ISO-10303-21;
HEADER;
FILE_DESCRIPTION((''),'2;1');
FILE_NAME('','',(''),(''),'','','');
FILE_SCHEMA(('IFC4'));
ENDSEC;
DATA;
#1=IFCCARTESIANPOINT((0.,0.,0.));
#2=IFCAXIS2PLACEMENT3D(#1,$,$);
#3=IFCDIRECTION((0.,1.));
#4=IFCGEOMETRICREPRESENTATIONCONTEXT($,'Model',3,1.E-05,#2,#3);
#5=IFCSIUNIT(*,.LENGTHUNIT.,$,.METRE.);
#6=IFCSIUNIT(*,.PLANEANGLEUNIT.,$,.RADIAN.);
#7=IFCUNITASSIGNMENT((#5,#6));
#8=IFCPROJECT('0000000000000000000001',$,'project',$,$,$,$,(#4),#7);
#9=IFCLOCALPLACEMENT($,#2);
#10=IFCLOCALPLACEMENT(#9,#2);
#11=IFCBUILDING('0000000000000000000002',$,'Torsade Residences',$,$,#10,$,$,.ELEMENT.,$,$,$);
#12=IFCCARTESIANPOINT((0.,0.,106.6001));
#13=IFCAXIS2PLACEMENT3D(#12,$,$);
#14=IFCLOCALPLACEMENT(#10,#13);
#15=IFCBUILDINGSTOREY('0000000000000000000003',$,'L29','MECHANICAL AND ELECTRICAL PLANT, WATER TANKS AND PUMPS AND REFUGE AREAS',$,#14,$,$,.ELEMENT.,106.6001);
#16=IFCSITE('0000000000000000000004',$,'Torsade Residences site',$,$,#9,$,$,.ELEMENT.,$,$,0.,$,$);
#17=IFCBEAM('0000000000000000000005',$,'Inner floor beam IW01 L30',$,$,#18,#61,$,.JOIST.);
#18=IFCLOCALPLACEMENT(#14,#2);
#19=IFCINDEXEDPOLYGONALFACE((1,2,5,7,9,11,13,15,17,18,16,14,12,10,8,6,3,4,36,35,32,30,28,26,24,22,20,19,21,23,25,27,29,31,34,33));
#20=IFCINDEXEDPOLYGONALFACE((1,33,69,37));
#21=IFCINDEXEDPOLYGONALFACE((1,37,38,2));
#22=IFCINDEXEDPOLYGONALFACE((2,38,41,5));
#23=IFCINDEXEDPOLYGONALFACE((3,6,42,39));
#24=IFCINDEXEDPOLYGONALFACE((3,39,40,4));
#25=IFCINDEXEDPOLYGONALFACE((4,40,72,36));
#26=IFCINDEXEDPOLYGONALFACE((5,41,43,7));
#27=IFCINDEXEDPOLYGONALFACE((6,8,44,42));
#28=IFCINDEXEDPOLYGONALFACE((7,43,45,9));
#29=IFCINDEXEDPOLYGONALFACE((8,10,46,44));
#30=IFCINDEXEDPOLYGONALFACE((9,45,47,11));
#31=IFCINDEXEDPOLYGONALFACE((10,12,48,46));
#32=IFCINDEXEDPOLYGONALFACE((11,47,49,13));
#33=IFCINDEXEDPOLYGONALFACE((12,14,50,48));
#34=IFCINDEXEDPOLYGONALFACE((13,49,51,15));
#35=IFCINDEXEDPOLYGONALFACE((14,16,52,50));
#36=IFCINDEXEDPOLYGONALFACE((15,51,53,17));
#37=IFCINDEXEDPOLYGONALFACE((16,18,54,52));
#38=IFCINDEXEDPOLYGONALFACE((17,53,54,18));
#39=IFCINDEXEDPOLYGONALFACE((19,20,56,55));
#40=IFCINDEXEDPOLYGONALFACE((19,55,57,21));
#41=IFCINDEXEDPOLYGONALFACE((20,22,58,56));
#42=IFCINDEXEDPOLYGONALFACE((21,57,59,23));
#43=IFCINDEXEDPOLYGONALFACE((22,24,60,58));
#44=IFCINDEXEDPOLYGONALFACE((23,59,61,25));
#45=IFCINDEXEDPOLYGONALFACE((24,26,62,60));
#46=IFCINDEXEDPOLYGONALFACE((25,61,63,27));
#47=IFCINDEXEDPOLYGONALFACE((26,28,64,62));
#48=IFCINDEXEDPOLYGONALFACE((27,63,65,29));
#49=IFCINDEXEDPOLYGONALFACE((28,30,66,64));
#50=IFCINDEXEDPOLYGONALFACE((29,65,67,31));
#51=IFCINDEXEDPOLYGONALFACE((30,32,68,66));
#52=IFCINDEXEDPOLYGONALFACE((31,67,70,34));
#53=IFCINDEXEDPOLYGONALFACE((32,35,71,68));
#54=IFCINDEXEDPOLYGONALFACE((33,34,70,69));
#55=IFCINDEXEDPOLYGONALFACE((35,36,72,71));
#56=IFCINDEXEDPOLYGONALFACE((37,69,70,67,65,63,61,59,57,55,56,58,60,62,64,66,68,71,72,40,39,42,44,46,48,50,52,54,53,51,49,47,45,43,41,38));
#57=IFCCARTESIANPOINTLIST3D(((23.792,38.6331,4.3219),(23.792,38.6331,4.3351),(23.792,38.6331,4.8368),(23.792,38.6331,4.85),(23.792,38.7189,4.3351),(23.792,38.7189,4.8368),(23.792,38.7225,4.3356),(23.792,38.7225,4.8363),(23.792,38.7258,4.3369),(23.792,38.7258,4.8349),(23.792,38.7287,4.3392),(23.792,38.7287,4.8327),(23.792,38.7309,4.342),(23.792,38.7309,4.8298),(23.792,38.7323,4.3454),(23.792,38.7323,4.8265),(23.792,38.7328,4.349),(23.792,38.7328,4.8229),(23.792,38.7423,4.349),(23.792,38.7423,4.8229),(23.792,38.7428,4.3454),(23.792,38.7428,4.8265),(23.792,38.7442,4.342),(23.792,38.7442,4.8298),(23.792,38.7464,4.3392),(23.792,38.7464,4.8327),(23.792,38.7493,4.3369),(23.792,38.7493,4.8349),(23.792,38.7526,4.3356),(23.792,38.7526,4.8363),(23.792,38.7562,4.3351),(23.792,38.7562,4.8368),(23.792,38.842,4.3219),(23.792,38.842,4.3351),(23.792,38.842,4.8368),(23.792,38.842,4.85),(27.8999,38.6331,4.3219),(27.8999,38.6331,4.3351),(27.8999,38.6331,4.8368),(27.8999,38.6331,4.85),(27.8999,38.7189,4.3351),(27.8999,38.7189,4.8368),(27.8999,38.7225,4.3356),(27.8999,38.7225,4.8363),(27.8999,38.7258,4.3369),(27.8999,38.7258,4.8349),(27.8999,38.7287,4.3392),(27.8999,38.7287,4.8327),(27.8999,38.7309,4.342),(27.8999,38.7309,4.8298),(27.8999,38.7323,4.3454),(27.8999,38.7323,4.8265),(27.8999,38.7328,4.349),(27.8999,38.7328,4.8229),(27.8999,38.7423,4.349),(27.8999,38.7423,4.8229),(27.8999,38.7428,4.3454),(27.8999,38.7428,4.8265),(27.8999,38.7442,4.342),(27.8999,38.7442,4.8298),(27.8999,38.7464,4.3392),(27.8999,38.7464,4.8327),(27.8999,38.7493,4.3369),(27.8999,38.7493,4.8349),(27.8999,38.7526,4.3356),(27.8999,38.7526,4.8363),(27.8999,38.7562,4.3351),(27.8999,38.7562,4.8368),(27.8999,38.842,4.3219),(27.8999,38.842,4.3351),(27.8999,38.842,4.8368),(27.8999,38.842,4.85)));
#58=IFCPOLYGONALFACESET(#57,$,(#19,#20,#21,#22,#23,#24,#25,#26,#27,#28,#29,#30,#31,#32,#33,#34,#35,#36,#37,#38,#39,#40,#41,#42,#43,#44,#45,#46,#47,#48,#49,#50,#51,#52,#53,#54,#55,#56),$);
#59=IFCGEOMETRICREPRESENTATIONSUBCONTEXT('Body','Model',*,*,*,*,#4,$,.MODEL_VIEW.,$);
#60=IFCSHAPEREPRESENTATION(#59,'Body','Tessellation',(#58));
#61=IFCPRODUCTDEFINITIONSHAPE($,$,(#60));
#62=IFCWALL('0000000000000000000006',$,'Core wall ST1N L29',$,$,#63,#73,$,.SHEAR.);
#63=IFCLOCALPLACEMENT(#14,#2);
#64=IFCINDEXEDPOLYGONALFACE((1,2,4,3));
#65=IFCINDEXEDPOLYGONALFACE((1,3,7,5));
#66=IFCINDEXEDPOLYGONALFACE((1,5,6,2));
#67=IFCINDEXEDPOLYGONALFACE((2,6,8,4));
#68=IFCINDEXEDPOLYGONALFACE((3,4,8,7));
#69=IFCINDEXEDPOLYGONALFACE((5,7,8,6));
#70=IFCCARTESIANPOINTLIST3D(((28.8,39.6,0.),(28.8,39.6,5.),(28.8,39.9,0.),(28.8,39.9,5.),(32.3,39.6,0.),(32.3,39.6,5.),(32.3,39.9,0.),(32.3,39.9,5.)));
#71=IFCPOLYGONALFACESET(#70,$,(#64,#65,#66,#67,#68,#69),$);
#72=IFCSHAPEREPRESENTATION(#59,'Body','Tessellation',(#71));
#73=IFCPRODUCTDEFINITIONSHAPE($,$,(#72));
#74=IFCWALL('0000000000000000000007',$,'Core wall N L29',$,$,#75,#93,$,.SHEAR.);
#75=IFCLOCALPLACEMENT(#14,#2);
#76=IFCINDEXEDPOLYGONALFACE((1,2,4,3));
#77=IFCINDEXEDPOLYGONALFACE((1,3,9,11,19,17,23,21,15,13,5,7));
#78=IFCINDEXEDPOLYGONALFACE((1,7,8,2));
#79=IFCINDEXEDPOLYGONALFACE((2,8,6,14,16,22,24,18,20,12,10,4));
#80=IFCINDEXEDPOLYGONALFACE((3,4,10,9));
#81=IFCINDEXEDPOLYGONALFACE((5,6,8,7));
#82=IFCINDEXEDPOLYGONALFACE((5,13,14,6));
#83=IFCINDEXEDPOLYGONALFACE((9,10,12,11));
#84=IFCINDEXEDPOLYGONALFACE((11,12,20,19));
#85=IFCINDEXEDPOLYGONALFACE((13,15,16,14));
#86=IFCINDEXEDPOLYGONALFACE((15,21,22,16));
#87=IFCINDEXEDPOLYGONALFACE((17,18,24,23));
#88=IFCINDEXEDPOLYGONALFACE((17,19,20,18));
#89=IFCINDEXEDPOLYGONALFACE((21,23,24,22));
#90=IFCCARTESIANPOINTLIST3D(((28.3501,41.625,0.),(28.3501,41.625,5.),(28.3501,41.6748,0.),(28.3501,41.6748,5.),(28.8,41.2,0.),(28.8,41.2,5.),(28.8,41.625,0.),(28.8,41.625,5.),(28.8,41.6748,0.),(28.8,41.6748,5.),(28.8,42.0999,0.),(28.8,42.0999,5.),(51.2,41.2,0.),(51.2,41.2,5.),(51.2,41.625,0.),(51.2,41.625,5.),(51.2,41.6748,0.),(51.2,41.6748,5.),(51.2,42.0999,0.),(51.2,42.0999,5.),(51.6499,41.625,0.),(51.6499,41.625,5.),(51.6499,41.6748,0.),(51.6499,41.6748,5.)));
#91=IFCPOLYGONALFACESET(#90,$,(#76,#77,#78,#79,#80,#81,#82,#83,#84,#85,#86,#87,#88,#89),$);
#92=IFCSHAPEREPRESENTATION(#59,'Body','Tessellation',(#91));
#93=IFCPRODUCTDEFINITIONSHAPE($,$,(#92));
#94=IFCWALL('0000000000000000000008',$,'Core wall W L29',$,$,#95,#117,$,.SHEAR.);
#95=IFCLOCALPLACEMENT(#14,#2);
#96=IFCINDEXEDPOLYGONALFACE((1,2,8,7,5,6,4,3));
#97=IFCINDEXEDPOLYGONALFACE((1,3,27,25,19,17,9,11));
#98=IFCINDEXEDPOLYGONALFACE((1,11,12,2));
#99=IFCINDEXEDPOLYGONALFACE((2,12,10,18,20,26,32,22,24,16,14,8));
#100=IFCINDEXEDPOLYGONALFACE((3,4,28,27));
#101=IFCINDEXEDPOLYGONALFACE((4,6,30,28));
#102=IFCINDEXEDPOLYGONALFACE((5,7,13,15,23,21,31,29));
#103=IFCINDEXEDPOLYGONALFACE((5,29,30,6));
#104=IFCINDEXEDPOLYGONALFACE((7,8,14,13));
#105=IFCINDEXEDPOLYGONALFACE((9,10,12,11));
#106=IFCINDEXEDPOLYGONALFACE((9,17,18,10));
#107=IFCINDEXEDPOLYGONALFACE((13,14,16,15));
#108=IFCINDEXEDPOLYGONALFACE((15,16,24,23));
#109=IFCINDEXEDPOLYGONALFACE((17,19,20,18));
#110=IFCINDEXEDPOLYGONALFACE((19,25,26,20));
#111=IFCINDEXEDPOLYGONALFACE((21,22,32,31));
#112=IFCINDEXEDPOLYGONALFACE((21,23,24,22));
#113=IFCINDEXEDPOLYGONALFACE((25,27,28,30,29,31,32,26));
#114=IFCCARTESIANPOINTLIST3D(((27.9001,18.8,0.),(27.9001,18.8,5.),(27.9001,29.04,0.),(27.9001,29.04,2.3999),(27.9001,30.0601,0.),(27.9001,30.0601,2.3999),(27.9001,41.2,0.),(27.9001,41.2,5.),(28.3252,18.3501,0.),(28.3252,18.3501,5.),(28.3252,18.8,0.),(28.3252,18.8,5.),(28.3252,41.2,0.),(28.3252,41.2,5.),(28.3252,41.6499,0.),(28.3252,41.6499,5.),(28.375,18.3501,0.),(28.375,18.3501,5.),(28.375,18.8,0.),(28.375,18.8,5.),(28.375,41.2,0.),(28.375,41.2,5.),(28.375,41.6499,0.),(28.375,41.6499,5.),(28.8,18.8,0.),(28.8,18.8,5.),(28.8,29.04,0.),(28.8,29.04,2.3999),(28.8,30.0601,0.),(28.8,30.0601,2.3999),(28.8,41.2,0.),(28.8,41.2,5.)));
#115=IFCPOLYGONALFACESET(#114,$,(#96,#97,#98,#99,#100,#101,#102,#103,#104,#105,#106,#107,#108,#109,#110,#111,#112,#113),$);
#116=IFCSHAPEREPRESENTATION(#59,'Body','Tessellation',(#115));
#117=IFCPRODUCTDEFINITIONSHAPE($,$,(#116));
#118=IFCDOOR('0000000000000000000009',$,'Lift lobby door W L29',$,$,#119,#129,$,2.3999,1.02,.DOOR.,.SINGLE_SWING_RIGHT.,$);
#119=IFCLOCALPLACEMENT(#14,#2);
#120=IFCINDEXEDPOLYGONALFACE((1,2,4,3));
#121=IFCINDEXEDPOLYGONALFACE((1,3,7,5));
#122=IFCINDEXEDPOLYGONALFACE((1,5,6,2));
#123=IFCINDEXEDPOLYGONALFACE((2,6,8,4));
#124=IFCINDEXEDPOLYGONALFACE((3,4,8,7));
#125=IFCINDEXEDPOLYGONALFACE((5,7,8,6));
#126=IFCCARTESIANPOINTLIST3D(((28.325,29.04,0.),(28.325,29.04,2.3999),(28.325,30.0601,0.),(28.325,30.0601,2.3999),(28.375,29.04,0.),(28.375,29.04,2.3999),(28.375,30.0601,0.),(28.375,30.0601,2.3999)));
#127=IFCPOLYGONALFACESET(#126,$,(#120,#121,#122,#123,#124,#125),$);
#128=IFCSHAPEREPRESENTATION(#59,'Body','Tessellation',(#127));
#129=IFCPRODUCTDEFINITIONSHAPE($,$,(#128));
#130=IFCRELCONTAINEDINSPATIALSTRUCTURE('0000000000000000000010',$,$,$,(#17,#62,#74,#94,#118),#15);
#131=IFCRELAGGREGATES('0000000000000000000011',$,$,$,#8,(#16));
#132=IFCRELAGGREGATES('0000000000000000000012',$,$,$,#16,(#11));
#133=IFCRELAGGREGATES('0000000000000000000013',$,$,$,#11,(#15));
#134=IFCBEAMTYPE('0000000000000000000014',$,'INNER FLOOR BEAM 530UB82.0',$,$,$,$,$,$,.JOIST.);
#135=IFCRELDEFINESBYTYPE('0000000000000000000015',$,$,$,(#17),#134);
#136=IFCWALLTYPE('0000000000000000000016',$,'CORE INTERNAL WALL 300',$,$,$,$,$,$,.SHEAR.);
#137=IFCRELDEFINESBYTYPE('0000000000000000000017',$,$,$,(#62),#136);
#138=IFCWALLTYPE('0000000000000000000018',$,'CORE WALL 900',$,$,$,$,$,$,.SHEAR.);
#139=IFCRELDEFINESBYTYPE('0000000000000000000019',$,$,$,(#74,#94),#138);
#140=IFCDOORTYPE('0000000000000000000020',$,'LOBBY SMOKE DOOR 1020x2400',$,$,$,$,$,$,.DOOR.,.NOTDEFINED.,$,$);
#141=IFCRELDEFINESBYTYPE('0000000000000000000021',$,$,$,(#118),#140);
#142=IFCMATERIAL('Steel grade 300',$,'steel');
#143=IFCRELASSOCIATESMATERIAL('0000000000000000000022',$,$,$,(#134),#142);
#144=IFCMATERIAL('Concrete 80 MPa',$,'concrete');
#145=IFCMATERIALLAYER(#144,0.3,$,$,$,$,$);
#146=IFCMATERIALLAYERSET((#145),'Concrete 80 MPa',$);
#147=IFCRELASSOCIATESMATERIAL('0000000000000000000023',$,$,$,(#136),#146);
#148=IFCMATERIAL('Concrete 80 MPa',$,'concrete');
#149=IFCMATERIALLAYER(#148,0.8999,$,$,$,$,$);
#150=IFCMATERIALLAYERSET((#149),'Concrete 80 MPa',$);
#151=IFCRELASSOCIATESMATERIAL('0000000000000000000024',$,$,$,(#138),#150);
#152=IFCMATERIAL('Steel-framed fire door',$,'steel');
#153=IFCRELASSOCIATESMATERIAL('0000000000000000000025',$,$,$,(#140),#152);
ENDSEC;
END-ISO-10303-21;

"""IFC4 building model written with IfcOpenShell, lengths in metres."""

from ifc_helpers import new_model, si_unit, direction, frame, frame_2d, origin, origin_2d, place, context, subcontext, project, spatial, polyline, rectangle, i_section, outline, extrude, material, layer, layer_set, material_profile, profile_set, type_object, element, fill, save


model = new_model("IFC4")

# Units and contexts
model_context = context("Model", 3, precision=1e-05, world=origin(), true_north=direction((0.0, 1.0)))
body_context = subcontext(model_context, "Body", "Model", "MODEL_VIEW")
ifc_project = project(units=[si_unit("LENGTHUNIT", "METRE"), si_unit("PLANEANGLEUNIT", "RADIAN")], contexts=[model_context])

# Site, building, storey
site_placement = place(None, origin())
site = spatial("IfcSite", under=ifc_project, at=site_placement, Name="Torsade Residences site", CompositionType="ELEMENT", RefElevation=0.0)
building_placement = place(site_placement, origin())
building = spatial("IfcBuilding", under=site, at=building_placement, Name="Torsade Residences", CompositionType="ELEMENT")
storey_placement = place(building_placement, frame((0.0, 0.0, 106.6001)))
storey = spatial("IfcBuildingStorey", under=building, at=storey_placement, Name="L29", Description="MECHANICAL AND ELECTRICAL PLANT, WATER TANKS AND PUMPS AND REFUGE AREAS", CompositionType="ELEMENT", Elevation=106.6001)

# Beam
ifc_material_1 = material(Name="Steel grade 300", Category="steel")
ifc_material_profile_1 = material_profile(ifc_material_1, i_section(OverallWidth=0.209, OverallDepth=0.5281, WebThickness=0.0095, FlangeThickness=0.0132, FilletRadius=0.0139, at=origin_2d()), Name="530UB82.0")
ifc_profile_set_1 = profile_set([ifc_material_profile_1], Name="Steel grade 300")
beam_type = type_object("IfcBeamType", Name="INNER FLOOR BEAM 530UB82.0", PredefinedType="JOIST", material=ifc_profile_set_1)
beam_1_placement = place(storey_placement, frame((27.8999, 38.7375, 4.5859), z_axis=(-1.0, 0.0, 0.0), x_axis=(0.0, -1.0, 0.0)))
element("IfcBeam", 1, at=beam_1_placement, inside=storey, type_object=beam_type, Name="Inner floor beam IW01 L30", PredefinedType="JOIST", context=body_context, shape_type="SweptSolid", body=[
    extrude(i_section(OverallWidth=0.209, OverallDepth=0.5281, WebThickness=0.0095, FlangeThickness=0.0132, FilletRadius=0.0139, at=origin_2d()), origin(), (0.0, 0.0, 1.0), 4.1079),
])

# Walls
ifc_material_2 = material(Name="Concrete 80 MPa", Category="concrete")
ifc_layer_1 = layer(ifc_material_2, 0.3)
ifc_layer_set_1 = layer_set([ifc_layer_1], Name="Concrete 80 MPa")
wall_type_1 = type_object("IfcWallType", Name="CORE INTERNAL WALL 300", PredefinedType="SHEAR", material=ifc_layer_set_1)
wall_1_placement = place(storey_placement, frame((28.8, 39.75, 0.0), z_axis=(0.0, 0.0, 1.0), x_axis=(1.0, 0.0, 0.0)))
element("IfcWall", 2, at=wall_1_placement, inside=storey, type_object=wall_type_1, Name="Core wall ST1N L29", PredefinedType="SHEAR", context=body_context, shape_type="SweptSolid", body=[
    extrude(rectangle(XDim=3.5, YDim=0.3, at=frame_2d((1.75, 0.0))), origin(), (0.0, 0.0, 1.0), 5.0),
])
ifc_material_3 = material(Name="Concrete 80 MPa", Category="concrete")
ifc_layer_2 = layer(ifc_material_3, 0.8999)
ifc_layer_set_2 = layer_set([ifc_layer_2], Name="Concrete 80 MPa")
wall_type_2 = type_object("IfcWallType", Name="CORE WALL 900", PredefinedType="SHEAR", material=ifc_layer_set_2)
wall_2_placement = place(storey_placement, frame((28.8, 41.6499, 0.0), z_axis=(0.0, 0.0, 1.0), x_axis=(1.0, 0.0, 0.0)))
element("IfcWall", 3, at=wall_2_placement, inside=storey, type_object=wall_type_2, Name="Core wall N L29", PredefinedType="SHEAR", context=body_context, shape_type="SweptSolid", body=[
    extrude(outline(polyline([(0.0, -0.45), (22.3999, -0.45), (22.3999, -0.0249), (22.8499, -0.0249), (22.8499, 0.0249), (22.3999, 0.0249), (22.3999, 0.45), (0.0, 0.45), (0.0, 0.0249), (-0.45, 0.0249), (-0.45, -0.0249), (0.0, -0.0249), (0.0, -0.45)])), origin(), (0.0, 0.0, 1.0), 5.0),
])

# Wall, opening, door
wall_3_placement = place(storey_placement, frame((28.3501, 41.2, 0.0), z_axis=(0.0, 0.0, 1.0), x_axis=(0.0, -1.0, 0.0)))
wall_3 = element("IfcWall", 4, at=wall_3_placement, inside=storey, type_object=wall_type_2, Name="Core wall W L29", PredefinedType="SHEAR", context=body_context, shape_type="SweptSolid", body=[
    extrude(outline(polyline([(0.0, -0.45), (22.3999, -0.45), (22.3999, -0.0249), (22.8499, -0.0249), (22.8499, 0.0249), (22.3999, 0.0249), (22.3999, 0.45), (0.0, 0.45), (0.0, 0.0249), (-0.45, 0.0249), (-0.45, -0.0249), (0.0, -0.0249), (0.0, -0.45)])), origin(), (0.0, 0.0, 1.0), 5.0),
])
opening_1_placement = place(wall_3_placement, frame((11.1399, 0.0, 0.0)))
opening_1 = element("IfcOpeningElement", 5, at=opening_1_placement, cuts=wall_3, PredefinedType="OPENING", context=body_context, shape_type="SweptSolid", body=[
    extrude(rectangle(XDim=1.02, YDim=2.3999, at=frame_2d((0.51, 1.2))), frame((0.0, 0.46, 0.0), z_axis=(0.0, -1.0, 0.0), x_axis=(1.0, 0.0, 0.0)), (0.0, 0.0, 1.0), 0.9199),
])
ifc_material_4 = material(Name="Steel-framed fire door", Category="steel")
door_type_1 = type_object("IfcDoorType", Name="LOBBY SMOKE DOOR 1020x2400", OperationType="NOTDEFINED", PredefinedType="DOOR", material=ifc_material_4)
door_1_placement = place(opening_1_placement, origin())
door_1 = element("IfcDoor", 6, at=door_1_placement, inside=storey, type_object=door_type_1, Name="Lift lobby door W L29", OperationType="SINGLE_SWING_RIGHT", OverallHeight=2.3999, OverallWidth=1.02, PredefinedType="DOOR", context=body_context, shape_type="SweptSolid", body=[
    extrude(rectangle(XDim=1.02, YDim=2.3999, at=frame_2d((0.51, 1.2))), frame((0.0, 0.0249, 0.0), z_axis=(0.0, -1.0, 0.0), x_axis=(1.0, 0.0, 0.0)), (0.0, 0.0, 1.0), 0.05),
])
fill(opening_1, door_1)

save(model, "model.ifc")
